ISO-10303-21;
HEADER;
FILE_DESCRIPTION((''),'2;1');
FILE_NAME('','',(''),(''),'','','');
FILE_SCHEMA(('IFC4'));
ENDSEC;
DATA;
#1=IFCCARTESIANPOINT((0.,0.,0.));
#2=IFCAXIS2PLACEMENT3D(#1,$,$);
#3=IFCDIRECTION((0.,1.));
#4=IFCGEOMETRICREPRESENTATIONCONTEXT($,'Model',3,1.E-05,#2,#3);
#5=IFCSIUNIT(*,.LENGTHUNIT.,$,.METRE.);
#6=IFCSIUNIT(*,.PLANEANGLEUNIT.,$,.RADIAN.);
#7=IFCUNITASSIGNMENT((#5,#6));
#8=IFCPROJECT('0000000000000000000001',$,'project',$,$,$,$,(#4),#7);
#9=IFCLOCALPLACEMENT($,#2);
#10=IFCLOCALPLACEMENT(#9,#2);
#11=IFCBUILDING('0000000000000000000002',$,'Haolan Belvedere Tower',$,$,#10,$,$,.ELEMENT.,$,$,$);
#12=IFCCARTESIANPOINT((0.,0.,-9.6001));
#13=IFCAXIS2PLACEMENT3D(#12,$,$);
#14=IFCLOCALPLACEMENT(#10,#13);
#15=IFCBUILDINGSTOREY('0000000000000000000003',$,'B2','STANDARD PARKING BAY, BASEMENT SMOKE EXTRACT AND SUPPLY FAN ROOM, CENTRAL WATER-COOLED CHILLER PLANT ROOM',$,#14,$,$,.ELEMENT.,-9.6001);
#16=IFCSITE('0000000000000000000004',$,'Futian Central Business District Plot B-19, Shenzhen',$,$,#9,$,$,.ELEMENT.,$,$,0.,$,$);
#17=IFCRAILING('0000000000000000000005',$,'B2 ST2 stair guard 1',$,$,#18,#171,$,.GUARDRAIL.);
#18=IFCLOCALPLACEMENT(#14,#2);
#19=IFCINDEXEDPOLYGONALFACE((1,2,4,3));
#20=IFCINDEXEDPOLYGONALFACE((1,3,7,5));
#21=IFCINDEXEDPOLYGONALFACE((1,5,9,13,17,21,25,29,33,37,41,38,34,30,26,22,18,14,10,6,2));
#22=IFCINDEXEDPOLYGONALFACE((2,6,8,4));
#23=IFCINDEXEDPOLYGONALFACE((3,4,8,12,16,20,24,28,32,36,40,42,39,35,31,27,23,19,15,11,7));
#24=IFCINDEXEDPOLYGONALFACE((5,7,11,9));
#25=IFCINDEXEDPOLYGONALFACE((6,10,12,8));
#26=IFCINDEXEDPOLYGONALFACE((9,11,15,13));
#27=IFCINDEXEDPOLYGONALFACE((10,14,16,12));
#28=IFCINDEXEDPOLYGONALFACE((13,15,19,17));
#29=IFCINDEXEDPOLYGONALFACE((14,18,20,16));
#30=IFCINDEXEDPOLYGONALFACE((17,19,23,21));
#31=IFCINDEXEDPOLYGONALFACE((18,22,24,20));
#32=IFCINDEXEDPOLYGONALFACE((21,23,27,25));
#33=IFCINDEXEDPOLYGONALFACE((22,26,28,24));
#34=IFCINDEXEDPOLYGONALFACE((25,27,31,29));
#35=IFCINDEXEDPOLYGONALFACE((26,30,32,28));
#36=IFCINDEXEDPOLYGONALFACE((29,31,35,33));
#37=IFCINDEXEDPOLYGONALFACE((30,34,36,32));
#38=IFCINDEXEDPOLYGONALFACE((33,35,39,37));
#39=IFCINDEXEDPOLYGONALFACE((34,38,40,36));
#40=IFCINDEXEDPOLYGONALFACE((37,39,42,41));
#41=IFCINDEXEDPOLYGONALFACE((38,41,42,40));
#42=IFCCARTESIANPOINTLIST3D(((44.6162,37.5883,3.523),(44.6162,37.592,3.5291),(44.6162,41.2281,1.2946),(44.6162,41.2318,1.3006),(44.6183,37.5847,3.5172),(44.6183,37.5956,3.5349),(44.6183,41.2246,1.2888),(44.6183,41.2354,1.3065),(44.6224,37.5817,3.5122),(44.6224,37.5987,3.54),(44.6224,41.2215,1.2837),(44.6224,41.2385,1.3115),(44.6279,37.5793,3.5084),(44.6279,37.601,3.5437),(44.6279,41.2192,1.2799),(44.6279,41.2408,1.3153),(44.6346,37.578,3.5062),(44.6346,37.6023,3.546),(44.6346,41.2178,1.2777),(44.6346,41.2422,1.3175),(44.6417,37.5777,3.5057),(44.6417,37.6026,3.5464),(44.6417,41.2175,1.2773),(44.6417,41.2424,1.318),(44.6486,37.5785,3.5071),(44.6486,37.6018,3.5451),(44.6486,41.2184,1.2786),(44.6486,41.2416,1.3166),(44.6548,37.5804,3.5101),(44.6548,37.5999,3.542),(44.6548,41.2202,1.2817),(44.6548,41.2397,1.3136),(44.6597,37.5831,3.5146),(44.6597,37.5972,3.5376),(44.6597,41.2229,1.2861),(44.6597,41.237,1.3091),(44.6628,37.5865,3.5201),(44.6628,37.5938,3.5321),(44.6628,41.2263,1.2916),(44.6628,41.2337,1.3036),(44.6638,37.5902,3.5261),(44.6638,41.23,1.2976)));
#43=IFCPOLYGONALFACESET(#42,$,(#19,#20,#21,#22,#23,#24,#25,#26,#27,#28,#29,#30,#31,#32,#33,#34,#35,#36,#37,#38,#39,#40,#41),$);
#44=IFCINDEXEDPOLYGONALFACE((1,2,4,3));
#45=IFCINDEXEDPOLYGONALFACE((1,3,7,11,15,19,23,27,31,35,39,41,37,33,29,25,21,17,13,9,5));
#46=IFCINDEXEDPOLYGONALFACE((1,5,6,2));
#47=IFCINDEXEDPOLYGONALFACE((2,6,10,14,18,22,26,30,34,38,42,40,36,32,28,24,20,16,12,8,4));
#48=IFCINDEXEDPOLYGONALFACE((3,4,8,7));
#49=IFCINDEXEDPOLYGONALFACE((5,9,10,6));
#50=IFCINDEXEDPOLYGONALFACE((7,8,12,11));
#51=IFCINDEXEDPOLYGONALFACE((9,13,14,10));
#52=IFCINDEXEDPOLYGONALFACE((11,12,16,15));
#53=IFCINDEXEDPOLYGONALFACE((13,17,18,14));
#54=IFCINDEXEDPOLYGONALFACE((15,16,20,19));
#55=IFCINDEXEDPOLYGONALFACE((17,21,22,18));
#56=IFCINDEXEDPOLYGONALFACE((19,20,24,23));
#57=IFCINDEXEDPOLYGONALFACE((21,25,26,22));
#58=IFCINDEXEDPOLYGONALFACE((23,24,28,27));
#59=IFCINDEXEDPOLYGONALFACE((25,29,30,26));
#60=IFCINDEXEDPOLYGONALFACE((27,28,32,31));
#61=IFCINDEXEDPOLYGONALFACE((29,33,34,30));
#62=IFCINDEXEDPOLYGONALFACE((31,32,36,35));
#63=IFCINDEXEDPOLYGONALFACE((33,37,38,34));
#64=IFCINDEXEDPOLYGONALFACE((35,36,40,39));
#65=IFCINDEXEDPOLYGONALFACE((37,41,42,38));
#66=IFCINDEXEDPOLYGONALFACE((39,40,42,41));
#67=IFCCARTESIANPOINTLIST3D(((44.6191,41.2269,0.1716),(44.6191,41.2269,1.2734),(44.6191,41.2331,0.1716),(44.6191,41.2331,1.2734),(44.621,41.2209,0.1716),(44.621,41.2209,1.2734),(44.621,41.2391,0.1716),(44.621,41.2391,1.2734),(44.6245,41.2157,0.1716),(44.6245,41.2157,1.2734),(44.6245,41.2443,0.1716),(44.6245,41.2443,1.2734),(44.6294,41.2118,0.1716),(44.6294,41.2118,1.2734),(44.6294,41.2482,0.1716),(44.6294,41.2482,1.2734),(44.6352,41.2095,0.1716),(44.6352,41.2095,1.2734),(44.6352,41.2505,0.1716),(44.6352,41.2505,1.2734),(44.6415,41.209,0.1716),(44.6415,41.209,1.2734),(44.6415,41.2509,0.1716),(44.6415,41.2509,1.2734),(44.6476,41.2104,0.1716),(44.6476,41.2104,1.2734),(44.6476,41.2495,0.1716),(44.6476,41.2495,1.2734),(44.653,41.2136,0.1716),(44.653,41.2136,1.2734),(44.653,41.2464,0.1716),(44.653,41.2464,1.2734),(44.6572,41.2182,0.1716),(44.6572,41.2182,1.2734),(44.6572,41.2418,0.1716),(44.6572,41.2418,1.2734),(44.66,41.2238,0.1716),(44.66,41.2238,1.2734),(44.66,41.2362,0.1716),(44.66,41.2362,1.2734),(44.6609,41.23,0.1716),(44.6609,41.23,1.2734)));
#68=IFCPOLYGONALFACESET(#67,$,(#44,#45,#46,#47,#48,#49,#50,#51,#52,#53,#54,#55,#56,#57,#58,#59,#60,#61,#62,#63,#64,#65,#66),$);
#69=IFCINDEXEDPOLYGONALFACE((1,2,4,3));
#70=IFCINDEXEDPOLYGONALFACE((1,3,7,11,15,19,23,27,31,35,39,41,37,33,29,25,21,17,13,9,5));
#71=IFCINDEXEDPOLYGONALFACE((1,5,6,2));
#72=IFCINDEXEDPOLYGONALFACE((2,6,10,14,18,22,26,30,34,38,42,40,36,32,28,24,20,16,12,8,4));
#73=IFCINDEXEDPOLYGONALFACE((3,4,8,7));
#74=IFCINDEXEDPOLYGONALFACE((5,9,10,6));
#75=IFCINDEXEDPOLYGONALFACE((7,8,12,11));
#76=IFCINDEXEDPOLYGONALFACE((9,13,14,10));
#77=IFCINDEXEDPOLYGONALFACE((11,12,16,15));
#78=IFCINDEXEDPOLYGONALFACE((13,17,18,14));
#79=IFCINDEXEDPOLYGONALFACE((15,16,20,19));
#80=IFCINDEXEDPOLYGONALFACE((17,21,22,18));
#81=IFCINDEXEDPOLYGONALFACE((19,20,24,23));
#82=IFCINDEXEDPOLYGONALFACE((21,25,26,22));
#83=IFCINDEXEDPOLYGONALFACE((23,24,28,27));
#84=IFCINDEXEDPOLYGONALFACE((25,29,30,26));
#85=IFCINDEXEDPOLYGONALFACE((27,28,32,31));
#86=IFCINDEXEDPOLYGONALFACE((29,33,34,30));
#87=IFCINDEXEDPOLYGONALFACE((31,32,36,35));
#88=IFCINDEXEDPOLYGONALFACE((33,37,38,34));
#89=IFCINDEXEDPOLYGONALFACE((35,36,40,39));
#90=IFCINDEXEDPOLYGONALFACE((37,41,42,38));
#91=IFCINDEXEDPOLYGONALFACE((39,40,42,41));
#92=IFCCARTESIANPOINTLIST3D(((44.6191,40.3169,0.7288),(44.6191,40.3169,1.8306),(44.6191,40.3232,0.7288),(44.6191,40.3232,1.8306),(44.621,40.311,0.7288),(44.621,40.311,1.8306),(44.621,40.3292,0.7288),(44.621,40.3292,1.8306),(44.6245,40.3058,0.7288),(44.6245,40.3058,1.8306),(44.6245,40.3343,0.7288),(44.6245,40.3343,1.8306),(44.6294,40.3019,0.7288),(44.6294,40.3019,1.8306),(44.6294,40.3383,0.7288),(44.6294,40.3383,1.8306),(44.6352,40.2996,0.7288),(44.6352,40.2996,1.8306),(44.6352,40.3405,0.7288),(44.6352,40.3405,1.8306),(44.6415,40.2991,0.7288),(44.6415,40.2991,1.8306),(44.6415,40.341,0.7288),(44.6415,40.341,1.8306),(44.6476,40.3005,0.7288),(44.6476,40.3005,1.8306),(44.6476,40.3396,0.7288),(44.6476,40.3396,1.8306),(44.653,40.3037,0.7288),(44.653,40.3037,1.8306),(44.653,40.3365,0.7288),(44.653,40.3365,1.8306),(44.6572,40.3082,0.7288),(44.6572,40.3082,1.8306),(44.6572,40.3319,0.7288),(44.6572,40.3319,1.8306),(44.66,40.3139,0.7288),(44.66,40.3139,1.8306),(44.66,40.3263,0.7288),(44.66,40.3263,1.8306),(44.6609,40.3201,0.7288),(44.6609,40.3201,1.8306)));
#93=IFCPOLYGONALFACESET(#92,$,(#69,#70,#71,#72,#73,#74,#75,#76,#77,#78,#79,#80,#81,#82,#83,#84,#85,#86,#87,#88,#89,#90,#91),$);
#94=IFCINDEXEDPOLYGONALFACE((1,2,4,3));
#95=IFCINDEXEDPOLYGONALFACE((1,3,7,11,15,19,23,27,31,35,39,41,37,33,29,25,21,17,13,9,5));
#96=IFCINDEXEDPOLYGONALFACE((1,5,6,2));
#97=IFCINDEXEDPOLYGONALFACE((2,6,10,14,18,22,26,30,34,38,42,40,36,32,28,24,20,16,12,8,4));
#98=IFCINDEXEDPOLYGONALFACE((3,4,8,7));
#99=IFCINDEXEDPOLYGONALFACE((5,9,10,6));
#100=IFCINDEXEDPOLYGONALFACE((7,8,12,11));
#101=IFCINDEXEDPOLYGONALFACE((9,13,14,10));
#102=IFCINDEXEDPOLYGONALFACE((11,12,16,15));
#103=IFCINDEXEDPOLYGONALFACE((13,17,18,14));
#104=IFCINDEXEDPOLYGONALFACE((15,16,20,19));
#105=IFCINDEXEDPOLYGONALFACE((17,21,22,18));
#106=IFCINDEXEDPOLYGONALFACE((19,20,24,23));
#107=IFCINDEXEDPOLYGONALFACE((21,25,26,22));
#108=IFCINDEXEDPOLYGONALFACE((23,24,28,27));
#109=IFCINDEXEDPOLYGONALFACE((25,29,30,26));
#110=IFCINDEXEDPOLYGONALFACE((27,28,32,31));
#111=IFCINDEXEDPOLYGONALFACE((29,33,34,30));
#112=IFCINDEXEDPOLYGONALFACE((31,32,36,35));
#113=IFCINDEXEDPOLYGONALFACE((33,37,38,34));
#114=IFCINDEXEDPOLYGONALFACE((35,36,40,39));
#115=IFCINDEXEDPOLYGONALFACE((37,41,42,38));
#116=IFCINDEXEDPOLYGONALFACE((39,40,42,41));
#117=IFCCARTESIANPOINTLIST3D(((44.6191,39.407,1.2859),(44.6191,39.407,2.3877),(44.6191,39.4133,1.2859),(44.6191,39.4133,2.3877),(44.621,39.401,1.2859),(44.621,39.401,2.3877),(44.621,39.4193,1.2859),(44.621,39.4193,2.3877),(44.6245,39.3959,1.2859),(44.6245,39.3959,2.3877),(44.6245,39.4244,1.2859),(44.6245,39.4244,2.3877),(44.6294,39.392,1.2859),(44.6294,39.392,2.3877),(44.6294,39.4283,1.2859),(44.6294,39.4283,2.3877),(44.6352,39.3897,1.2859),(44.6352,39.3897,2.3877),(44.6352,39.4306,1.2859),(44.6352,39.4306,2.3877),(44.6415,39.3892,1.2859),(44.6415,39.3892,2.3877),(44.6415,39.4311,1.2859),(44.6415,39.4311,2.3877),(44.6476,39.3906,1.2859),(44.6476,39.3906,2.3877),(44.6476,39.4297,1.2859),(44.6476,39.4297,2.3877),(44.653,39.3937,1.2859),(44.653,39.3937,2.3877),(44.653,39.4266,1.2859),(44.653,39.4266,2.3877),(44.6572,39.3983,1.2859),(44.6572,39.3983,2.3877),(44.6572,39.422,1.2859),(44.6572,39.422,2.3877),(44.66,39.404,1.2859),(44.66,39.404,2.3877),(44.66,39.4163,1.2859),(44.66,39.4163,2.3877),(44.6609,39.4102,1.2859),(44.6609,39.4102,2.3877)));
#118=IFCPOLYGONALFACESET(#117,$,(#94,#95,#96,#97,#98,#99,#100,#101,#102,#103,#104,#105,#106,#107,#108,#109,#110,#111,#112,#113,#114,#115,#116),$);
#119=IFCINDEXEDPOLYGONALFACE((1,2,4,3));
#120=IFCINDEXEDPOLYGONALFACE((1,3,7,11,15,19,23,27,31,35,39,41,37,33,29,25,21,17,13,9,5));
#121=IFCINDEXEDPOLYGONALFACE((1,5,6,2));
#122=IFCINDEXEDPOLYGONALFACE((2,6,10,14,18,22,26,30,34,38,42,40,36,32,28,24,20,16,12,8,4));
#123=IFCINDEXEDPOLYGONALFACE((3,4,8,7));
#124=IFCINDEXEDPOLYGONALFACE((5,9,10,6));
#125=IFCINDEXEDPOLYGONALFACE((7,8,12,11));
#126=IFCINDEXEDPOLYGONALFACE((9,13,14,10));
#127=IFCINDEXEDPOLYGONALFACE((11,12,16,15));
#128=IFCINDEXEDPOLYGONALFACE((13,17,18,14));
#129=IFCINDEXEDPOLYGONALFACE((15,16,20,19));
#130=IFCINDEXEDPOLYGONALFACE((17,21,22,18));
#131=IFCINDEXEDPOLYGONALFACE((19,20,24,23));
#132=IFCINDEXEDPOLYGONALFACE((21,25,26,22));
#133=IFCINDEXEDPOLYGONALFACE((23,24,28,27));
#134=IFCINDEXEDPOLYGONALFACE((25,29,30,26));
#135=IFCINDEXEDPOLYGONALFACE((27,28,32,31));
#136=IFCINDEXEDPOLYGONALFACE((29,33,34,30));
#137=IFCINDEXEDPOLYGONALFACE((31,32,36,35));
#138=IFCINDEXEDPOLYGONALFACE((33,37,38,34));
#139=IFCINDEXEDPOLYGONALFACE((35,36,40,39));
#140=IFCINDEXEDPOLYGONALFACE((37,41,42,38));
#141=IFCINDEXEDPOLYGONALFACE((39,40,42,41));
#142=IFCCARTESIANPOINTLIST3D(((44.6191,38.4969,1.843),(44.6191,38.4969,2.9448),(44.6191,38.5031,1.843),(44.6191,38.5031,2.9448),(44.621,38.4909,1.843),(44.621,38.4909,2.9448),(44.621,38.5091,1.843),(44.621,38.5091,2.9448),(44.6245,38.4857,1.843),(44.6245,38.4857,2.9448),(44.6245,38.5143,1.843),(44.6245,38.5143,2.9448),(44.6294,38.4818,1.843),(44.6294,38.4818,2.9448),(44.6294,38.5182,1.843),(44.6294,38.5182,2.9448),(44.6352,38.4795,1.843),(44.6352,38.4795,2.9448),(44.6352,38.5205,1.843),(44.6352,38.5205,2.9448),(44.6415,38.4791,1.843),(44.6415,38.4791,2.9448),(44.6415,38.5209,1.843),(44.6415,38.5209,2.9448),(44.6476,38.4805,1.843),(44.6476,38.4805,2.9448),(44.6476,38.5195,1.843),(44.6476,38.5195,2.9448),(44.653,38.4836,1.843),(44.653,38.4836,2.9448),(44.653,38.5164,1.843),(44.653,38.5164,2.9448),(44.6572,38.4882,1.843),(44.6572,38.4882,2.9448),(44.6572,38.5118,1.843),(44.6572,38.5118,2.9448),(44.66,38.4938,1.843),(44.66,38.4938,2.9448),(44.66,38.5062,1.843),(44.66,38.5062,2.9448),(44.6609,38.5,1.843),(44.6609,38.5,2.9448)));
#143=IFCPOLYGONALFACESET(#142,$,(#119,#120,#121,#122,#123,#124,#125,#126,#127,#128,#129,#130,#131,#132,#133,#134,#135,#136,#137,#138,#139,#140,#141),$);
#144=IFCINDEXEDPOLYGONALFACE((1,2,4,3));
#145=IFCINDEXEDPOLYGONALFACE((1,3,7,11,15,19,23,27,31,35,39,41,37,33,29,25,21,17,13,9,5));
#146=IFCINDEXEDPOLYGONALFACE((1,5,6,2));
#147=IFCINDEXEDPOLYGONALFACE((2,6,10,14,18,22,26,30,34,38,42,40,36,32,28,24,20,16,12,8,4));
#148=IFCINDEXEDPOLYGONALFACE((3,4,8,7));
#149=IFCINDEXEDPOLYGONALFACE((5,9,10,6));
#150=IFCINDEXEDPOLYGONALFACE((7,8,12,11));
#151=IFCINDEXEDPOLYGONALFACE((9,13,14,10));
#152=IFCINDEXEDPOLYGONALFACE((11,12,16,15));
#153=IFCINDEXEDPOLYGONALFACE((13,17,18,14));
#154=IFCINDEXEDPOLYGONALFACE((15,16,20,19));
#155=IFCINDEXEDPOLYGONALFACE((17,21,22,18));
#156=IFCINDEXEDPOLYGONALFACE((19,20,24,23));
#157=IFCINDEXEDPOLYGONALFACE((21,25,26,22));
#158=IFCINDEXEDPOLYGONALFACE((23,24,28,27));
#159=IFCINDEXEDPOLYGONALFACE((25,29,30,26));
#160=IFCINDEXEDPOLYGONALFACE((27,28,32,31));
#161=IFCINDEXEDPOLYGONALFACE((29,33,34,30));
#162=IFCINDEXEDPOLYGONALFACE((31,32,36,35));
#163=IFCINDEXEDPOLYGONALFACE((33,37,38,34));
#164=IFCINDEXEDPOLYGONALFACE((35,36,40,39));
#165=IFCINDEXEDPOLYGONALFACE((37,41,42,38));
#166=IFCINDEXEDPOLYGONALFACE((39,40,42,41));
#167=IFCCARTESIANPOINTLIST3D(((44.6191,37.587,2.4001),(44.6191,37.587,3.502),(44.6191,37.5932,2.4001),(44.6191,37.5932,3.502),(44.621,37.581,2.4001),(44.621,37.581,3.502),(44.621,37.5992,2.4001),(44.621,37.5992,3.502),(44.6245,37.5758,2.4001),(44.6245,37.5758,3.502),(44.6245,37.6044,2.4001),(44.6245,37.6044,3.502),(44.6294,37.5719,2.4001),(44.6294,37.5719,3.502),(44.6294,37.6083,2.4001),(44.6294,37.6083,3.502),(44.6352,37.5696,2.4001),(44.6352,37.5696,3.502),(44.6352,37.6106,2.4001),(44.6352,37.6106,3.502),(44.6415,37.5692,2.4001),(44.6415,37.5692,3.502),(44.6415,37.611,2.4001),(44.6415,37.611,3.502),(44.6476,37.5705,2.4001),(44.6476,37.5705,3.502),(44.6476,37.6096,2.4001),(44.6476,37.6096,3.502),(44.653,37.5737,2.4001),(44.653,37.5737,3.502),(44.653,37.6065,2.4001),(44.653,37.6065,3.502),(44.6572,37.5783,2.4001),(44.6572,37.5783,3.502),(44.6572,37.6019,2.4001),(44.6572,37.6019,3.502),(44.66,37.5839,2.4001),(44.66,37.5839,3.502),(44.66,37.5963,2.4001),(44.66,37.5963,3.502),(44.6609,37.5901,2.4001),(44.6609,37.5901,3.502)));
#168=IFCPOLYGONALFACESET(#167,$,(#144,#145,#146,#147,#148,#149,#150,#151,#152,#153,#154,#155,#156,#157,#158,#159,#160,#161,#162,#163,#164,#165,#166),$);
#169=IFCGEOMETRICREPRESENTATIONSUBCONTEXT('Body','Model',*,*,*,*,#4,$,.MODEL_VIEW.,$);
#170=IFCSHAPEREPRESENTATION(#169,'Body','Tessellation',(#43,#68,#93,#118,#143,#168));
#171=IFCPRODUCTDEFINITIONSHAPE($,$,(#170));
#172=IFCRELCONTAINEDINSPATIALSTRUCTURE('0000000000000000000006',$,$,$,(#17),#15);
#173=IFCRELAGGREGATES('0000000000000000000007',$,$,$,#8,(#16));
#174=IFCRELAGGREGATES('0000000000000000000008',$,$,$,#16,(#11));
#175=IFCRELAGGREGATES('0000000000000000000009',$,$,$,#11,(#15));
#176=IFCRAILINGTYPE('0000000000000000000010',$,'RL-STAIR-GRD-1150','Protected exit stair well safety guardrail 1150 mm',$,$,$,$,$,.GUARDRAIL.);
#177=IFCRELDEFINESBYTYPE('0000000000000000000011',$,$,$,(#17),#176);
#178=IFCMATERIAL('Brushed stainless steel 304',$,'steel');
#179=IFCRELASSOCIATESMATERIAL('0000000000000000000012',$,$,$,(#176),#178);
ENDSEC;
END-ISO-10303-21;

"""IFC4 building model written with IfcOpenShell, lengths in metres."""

from ifc_helpers import new_model, si_unit, direction, frame, origin, origin_2d, place, context, subcontext, project, spatial, circle, extrude, material, type_object, element, save


model = new_model("IFC4")

# Units and contexts
model_context = context("Model", 3, precision=1e-05, world=origin(), true_north=direction((0.0, 1.0)))
body_context = subcontext(model_context, "Body", "Model", "MODEL_VIEW")
ifc_project = project(units=[si_unit("LENGTHUNIT", "METRE"), si_unit("PLANEANGLEUNIT", "RADIAN")], contexts=[model_context])

# Site, building, storey
site_placement = place(None, origin())
site = spatial("IfcSite", under=ifc_project, at=site_placement, Name="Futian Central Business District Plot B-19, Shenzhen", CompositionType="ELEMENT", RefElevation=0.0)
building_placement = place(site_placement, origin())
building = spatial("IfcBuilding", under=site, at=building_placement, Name="Haolan Belvedere Tower", CompositionType="ELEMENT")
storey_placement = place(building_placement, frame((0.0, 0.0, -9.6001)))
storey = spatial("IfcBuildingStorey", under=building, at=storey_placement, Name="B2", Description="STANDARD PARKING BAY, BASEMENT SMOKE EXTRACT AND SUPPLY FAN ROOM, CENTRAL WATER-COOLED CHILLER PLANT ROOM", CompositionType="ELEMENT", Elevation=-9.6001)

# Railing
ifc_material_1 = material(Name="Brushed stainless steel 304", Category="steel")
railing_type_1 = type_object("IfcRailingType", Name="RL-STAIR-GRD-1150", Description="Protected exit stair well safety guardrail 1150 mm", PredefinedType="GUARDRAIL", material=ifc_material_1)
railing_1_placement = place(storey_placement, frame((44.6399, 41.23, 0.1716)))
element("IfcRailing", 1, at=railing_1_placement, inside=storey, type_object=railing_type_1, Name="B2 ST2 stair guard 1", PredefinedType="GUARDRAIL", context=body_context, shape_type="SweptSolid", body=[
    extrude(circle(Radius=0.0239, at=origin_2d()), frame((0.0, 0.0, 1.126), z_axis=(0.0, -0.85285, 0.522156), x_axis=(1.0, 0.0, 0.0)), (0.0, 0.0, 1.0), 4.2678),
    extrude(circle(Radius=0.021, at=origin_2d()), origin(), (0.0, 0.0, 1.0), 1.1018),
    extrude(circle(Radius=0.021, at=origin_2d()), frame((0.0, -0.9099, 0.5571)), (0.0, 0.0, 1.0), 1.1018),
    extrude(circle(Radius=0.021, at=origin_2d()), frame((0.0, -1.8198, 1.1143)), (0.0, 0.0, 1.0), 1.1018),
    extrude(circle(Radius=0.021, at=origin_2d()), frame((0.0, -2.73, 1.6714)), (0.0, 0.0, 1.0), 1.1018),
    extrude(circle(Radius=0.021, at=origin_2d()), frame((0.0, -3.6399, 2.2285)), (0.0, 0.0, 1.0), 1.1018),
])

save(model, "model.ifc")
